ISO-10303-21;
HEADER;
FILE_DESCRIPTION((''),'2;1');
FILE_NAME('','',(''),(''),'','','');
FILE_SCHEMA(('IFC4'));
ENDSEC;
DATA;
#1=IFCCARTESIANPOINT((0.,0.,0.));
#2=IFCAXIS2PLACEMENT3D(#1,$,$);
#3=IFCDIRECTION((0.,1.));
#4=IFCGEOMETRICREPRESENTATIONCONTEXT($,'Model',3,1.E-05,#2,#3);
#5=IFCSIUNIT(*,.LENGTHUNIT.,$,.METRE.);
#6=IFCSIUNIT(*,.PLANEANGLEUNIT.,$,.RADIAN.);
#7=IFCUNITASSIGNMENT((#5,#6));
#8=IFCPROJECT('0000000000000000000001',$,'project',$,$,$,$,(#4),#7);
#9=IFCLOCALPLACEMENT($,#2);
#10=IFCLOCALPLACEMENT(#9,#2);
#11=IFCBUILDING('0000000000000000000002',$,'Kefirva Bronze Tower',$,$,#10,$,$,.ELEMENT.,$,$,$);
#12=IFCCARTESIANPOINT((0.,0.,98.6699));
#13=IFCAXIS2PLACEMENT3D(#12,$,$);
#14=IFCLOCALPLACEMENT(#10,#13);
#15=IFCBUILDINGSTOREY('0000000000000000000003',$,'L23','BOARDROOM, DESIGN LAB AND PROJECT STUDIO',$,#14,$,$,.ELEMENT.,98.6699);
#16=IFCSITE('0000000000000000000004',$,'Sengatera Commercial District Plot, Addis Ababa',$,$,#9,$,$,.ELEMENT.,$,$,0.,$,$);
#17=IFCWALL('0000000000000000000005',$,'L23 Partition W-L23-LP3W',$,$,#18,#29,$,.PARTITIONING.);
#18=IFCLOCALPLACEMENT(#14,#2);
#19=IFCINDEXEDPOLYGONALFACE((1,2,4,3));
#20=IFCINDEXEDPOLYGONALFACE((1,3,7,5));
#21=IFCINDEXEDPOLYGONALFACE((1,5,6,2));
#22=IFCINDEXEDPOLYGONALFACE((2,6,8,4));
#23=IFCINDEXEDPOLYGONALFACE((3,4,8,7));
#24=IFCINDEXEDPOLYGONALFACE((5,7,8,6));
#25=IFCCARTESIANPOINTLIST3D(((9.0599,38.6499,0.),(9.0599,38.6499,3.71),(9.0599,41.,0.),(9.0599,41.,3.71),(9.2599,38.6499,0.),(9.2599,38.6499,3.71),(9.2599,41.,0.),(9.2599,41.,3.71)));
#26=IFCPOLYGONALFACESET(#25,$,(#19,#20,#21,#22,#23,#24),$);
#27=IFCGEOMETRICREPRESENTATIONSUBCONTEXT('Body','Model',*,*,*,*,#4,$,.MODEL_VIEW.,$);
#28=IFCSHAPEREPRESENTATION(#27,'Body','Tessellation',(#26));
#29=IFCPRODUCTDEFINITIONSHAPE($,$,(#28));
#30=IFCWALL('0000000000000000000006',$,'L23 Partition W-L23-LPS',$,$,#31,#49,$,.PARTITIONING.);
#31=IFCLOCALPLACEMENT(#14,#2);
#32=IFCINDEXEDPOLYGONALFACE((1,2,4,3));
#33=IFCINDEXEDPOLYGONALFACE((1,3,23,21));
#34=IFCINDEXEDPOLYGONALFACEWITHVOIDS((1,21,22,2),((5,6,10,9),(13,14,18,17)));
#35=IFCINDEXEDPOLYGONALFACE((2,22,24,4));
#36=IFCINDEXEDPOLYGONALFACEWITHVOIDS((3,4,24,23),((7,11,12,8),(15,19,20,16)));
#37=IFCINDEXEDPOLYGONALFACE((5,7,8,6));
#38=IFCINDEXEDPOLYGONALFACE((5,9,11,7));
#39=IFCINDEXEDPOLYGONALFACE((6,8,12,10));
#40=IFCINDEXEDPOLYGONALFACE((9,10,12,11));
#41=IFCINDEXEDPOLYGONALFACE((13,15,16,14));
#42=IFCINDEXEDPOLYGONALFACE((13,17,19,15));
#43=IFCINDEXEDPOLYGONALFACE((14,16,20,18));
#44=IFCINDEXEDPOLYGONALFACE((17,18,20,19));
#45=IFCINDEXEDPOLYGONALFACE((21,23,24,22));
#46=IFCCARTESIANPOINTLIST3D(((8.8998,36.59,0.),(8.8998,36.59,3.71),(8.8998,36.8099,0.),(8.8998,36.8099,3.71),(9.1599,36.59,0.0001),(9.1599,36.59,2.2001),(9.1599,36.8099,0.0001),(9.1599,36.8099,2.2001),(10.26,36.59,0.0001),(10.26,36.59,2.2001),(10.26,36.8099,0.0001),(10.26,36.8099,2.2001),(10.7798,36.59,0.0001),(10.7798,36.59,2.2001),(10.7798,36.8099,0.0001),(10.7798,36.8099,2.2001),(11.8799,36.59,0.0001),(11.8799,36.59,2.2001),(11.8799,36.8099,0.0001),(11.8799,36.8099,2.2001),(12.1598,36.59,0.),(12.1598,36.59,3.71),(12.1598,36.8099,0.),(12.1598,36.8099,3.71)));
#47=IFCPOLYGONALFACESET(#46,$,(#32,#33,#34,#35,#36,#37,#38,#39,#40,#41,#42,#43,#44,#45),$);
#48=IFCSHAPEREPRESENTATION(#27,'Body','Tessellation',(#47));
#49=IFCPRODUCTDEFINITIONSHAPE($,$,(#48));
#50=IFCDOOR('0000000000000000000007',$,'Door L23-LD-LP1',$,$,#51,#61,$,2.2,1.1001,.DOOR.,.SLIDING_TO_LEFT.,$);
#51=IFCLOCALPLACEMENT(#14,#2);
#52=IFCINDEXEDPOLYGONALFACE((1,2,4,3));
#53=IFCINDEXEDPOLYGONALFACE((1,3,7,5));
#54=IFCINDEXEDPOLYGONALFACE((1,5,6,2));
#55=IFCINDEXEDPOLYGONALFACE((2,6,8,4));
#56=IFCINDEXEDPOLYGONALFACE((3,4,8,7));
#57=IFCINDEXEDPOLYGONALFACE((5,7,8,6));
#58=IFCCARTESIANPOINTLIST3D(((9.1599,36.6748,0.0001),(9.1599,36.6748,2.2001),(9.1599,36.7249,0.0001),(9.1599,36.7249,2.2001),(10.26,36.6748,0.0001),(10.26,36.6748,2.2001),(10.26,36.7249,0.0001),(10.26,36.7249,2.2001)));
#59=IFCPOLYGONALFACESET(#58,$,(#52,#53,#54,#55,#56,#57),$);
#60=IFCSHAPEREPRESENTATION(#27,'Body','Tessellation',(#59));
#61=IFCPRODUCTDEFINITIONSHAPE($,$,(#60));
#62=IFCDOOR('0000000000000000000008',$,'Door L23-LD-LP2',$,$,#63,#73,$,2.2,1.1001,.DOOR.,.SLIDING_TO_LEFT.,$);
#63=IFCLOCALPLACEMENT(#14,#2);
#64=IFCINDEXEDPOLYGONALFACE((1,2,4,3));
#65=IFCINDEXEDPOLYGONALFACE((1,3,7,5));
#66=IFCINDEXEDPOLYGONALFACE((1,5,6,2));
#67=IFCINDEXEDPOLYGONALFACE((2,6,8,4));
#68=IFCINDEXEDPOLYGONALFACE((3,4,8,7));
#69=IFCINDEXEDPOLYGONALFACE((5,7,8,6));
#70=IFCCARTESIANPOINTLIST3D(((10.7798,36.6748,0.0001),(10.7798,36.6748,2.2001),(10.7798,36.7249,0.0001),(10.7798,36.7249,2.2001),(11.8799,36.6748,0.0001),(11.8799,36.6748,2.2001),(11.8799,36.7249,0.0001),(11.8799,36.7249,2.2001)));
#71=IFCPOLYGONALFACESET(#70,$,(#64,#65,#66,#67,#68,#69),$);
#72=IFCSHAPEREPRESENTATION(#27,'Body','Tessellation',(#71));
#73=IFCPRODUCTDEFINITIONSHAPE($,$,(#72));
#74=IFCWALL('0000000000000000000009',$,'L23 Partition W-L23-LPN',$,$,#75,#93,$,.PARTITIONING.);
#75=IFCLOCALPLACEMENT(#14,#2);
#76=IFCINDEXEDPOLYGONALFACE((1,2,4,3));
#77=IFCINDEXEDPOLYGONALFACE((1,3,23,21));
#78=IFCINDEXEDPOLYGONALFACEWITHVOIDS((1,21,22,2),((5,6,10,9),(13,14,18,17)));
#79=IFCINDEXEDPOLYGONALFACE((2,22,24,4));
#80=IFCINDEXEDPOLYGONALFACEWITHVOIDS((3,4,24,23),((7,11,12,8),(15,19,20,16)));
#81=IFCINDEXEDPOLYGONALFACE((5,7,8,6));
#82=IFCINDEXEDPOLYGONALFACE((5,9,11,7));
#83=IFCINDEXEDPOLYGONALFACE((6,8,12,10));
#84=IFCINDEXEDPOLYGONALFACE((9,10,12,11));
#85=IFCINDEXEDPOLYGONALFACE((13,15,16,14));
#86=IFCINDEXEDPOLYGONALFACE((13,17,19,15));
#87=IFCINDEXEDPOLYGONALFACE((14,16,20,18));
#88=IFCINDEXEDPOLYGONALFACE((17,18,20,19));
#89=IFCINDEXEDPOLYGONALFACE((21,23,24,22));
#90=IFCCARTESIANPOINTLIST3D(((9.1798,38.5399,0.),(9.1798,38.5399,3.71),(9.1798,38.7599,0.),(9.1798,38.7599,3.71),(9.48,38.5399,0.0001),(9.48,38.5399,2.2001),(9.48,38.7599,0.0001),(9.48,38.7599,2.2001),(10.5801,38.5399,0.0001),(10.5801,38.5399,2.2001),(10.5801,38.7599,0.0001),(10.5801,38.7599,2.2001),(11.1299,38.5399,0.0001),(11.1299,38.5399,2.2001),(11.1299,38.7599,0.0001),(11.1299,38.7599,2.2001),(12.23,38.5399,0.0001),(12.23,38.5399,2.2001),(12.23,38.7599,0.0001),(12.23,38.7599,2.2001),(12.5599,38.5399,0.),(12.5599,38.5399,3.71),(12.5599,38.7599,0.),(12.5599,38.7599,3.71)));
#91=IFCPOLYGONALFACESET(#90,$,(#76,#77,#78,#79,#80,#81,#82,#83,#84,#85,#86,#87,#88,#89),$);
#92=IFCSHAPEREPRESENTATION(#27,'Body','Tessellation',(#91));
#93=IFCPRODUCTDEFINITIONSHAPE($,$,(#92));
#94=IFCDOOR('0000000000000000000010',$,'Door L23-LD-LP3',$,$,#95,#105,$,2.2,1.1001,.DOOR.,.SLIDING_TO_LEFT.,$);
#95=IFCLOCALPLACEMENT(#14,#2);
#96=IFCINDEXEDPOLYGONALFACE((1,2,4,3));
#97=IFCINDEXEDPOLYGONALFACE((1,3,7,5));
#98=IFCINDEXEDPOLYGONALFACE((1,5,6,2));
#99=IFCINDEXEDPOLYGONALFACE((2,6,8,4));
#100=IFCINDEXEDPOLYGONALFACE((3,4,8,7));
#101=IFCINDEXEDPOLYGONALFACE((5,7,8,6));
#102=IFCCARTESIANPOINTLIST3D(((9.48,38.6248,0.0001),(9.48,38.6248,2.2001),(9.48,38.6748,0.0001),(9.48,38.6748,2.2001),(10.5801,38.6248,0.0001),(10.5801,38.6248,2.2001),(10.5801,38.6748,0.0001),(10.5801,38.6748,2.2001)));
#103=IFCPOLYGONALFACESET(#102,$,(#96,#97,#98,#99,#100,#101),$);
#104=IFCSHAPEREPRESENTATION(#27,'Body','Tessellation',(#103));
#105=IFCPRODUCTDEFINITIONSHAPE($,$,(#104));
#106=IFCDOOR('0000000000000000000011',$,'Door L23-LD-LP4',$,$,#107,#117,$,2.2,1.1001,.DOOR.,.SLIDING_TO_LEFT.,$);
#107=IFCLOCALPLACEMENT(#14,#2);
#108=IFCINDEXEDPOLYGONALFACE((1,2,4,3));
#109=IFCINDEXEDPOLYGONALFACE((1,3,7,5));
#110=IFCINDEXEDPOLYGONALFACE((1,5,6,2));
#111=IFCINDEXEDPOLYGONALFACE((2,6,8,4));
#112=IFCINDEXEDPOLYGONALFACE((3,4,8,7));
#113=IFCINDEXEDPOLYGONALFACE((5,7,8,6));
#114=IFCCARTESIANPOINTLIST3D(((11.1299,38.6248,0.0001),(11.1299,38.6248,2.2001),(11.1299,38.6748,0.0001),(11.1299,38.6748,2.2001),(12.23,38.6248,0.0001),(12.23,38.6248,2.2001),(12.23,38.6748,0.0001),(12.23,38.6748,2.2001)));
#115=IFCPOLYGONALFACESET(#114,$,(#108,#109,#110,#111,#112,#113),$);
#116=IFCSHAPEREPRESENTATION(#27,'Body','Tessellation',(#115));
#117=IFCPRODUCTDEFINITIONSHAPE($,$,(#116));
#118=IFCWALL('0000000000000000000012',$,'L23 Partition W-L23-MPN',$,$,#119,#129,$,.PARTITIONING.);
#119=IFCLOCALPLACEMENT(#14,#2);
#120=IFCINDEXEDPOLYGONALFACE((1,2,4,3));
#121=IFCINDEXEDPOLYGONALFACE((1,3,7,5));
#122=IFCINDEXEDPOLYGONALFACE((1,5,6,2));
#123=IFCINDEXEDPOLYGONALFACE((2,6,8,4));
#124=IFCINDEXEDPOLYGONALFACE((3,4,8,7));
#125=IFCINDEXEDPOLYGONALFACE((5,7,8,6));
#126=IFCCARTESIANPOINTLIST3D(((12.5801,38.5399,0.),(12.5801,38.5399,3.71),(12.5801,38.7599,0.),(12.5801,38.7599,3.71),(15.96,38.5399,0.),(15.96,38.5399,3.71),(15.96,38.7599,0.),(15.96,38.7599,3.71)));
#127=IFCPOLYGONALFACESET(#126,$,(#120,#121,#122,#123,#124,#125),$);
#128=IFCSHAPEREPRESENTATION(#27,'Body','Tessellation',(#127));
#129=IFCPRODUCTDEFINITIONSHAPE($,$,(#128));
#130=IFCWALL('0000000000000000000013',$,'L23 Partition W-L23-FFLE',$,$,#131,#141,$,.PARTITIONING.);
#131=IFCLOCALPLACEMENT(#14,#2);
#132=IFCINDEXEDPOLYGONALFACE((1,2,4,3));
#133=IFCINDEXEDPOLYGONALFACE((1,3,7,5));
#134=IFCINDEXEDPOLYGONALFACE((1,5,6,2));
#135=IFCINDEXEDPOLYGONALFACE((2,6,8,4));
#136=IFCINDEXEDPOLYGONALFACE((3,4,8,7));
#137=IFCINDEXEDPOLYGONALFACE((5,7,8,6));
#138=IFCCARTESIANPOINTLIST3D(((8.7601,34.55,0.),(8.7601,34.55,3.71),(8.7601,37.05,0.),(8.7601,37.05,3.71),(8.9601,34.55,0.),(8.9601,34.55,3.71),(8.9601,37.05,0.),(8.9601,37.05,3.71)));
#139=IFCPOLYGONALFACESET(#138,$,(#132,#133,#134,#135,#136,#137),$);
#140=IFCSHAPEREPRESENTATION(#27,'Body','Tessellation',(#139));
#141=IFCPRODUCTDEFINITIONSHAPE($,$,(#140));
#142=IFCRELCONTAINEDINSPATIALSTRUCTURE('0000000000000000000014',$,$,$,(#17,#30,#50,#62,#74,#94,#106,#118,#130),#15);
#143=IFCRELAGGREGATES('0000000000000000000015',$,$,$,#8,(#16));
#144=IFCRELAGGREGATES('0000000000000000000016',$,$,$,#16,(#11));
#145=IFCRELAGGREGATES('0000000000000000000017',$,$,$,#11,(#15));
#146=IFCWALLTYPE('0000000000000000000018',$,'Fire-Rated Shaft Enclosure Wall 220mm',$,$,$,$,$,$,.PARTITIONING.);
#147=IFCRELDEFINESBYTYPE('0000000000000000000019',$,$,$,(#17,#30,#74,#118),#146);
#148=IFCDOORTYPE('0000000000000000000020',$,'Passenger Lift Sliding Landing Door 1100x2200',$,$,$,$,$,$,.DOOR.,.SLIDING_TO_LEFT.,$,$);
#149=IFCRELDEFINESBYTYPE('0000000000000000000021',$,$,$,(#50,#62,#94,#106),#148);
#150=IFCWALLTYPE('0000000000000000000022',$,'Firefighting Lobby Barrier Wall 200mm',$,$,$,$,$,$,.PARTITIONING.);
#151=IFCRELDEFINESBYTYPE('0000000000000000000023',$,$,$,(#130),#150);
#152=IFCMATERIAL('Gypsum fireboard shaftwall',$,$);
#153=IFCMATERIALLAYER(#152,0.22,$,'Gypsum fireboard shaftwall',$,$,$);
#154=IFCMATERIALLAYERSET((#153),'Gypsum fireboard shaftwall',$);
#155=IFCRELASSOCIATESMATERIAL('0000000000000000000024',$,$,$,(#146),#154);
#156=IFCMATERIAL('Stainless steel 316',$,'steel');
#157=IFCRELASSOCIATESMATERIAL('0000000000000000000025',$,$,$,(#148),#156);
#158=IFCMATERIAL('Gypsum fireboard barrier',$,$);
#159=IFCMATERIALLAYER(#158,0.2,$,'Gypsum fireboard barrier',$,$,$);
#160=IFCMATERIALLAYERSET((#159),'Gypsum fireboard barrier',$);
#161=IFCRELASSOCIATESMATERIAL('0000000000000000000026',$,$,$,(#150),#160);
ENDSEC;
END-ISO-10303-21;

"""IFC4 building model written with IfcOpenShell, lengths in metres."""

from ifc_helpers import new_model, si_unit, direction, frame, frame_2d, origin, place, context, subcontext, project, spatial, rectangle, extrude, material, layer, layer_set, type_object, element, fill, save


model = new_model("IFC4")

# Units and contexts
model_context = context("Model", 3, precision=1e-05, world=origin(), true_north=direction((0.0, 1.0)))
body_context = subcontext(model_context, "Body", "Model", "MODEL_VIEW")
ifc_project = project(units=[si_unit("LENGTHUNIT", "METRE"), si_unit("PLANEANGLEUNIT", "RADIAN")], contexts=[model_context])

# Site, building, storey
site_placement = place(None, origin())
site = spatial("IfcSite", under=ifc_project, at=site_placement, Name="Sengatera Commercial District Plot, Addis Ababa", CompositionType="ELEMENT", RefElevation=0.0)
building_placement = place(site_placement, origin())
building = spatial("IfcBuilding", under=site, at=building_placement, Name="Kefirva Bronze Tower", CompositionType="ELEMENT")
storey_placement = place(building_placement, frame((0.0, 0.0, 98.6699)))
storey = spatial("IfcBuildingStorey", under=building, at=storey_placement, Name="L23", Description="BOARDROOM, DESIGN LAB AND PROJECT STUDIO", CompositionType="ELEMENT", Elevation=98.6699)

# Shared definitions
ifc_material_1 = material(Name="Gypsum fireboard shaftwall")
ifc_layer_1 = layer(ifc_material_1, 0.22, Name="Gypsum fireboard shaftwall")
ifc_layer_set_1 = layer_set([ifc_layer_1], Name="Gypsum fireboard shaftwall")
wall_type_1 = type_object("IfcWallType", Name="Fire-Rated Shaft Enclosure Wall 220mm", PredefinedType="PARTITIONING", material=ifc_layer_set_1)
ifc_material_2 = material(Name="Stainless steel 316", Category="steel")

# Wall
wall_1_placement = place(storey_placement, frame((9.1599, 38.6499, 0.0), z_axis=(0.0, 0.0, 1.0), x_axis=(0.0, 1.0, 0.0)))
element("IfcWall", 1, at=wall_1_placement, inside=storey, type_object=wall_type_1, Name="L23 Partition W-L23-LP3W", PredefinedType="PARTITIONING", context=body_context, shape_type="SweptSolid", body=[
    extrude(rectangle(XDim=2.3501, YDim=0.2, at=frame_2d((1.175, 0.0))), origin(), (0.0, 0.0, 1.0), 3.71),
])

# Walls, openings, doors
wall_2_placement = place(storey_placement, frame((8.8999, 36.7, 0.0), z_axis=(0.0, 0.0, 1.0), x_axis=(1.0, 0.0, 0.0)))
wall_2 = element("IfcWall", 2, at=wall_2_placement, inside=storey, type_object=wall_type_1, Name="L23 Partition W-L23-LPS", PredefinedType="PARTITIONING", context=body_context, shape_type="SweptSolid", body=[
    extrude(rectangle(XDim=3.26, YDim=0.22, at=frame_2d((1.6299, 0.0))), origin(), (0.0, 0.0, 1.0), 3.71),
])
opening_1_placement = place(wall_2_placement, frame((0.26, 0.0, 0.0)))
opening_1 = element("IfcOpeningElement", 3, at=opening_1_placement, cuts=wall_2, PredefinedType="OPENING", context=body_context, shape_type="SweptSolid", body=[
    extrude(rectangle(XDim=1.1001, YDim=2.2, at=frame_2d((0.55, 1.1001))), frame((0.0, 0.1201, 0.0), z_axis=(0.0, -1.0, 0.0), x_axis=(1.0, 0.0, 0.0)), (0.0, 0.0, 1.0), 0.24),
])
opening_2_placement = place(wall_2_placement, frame((1.8799, 0.0, 0.0)))
opening_2 = element("IfcOpeningElement", 4, at=opening_2_placement, cuts=wall_2, PredefinedType="OPENING", context=body_context, shape_type="SweptSolid", body=[
    extrude(rectangle(XDim=1.1001, YDim=2.2, at=frame_2d((0.55, 1.1001))), frame((0.0, 0.1201, 0.0), z_axis=(0.0, -1.0, 0.0), x_axis=(1.0, 0.0, 0.0)), (0.0, 0.0, 1.0), 0.24),
])
door_type_1 = type_object("IfcDoorType", Name="Passenger Lift Sliding Landing Door 1100x2200", OperationType="SLIDING_TO_LEFT", PredefinedType="DOOR", material=ifc_material_2)
door_1_placement = place(opening_1_placement, origin())
door_1 = element("IfcDoor", 5, at=door_1_placement, inside=storey, type_object=door_type_1, Name="Door L23-LD-LP1", OperationType="SLIDING_TO_LEFT", OverallHeight=2.2, OverallWidth=1.1001, PredefinedType="DOOR", context=body_context, shape_type="SweptSolid", body=[
    extrude(rectangle(XDim=1.1001, YDim=2.2, at=frame_2d((0.55, 1.1001))), frame((0.0, 0.0249, 0.0), z_axis=(0.0, -1.0, 0.0), x_axis=(1.0, 0.0, 0.0)), (0.0, 0.0, 1.0), 0.05),
])
fill(opening_1, door_1)
door_2_placement = place(opening_2_placement, origin())
door_2 = element("IfcDoor", 6, at=door_2_placement, inside=storey, type_object=door_type_1, Name="Door L23-LD-LP2", OperationType="SLIDING_TO_LEFT", OverallHeight=2.2, OverallWidth=1.1001, PredefinedType="DOOR", context=body_context, shape_type="SweptSolid", body=[
    extrude(rectangle(XDim=1.1001, YDim=2.2, at=frame_2d((0.55, 1.1001))), frame((0.0, 0.0249, 0.0), z_axis=(0.0, -1.0, 0.0), x_axis=(1.0, 0.0, 0.0)), (0.0, 0.0, 1.0), 0.05),
])
fill(opening_2, door_2)
wall_3_placement = place(storey_placement, frame((9.1799, 38.6499, 0.0), z_axis=(0.0, 0.0, 1.0), x_axis=(1.0, 0.0, 0.0)))
wall_3 = element("IfcWall", 7, at=wall_3_placement, inside=storey, type_object=wall_type_1, Name="L23 Partition W-L23-LPN", PredefinedType="PARTITIONING", context=body_context, shape_type="SweptSolid", body=[
    extrude(rectangle(XDim=3.3801, YDim=0.22, at=frame_2d((1.6899, 0.0))), origin(), (0.0, 0.0, 1.0), 3.71),
])
opening_3_placement = place(wall_3_placement, frame((0.3, 0.0, 0.0)))
opening_3 = element("IfcOpeningElement", 8, at=opening_3_placement, cuts=wall_3, PredefinedType="OPENING", context=body_context, shape_type="SweptSolid", body=[
    extrude(rectangle(XDim=1.1001, YDim=2.2, at=frame_2d((0.55, 1.1001))), frame((0.0, 0.1201, 0.0), z_axis=(0.0, -1.0, 0.0), x_axis=(1.0, 0.0, 0.0)), (0.0, 0.0, 1.0), 0.24),
])
opening_4_placement = place(wall_3_placement, frame((1.95, 0.0, 0.0)))
opening_4 = element("IfcOpeningElement", 9, at=opening_4_placement, cuts=wall_3, PredefinedType="OPENING", context=body_context, shape_type="SweptSolid", body=[
    extrude(rectangle(XDim=1.1001, YDim=2.2, at=frame_2d((0.55, 1.1001))), frame((0.0, 0.1201, 0.0), z_axis=(0.0, -1.0, 0.0), x_axis=(1.0, 0.0, 0.0)), (0.0, 0.0, 1.0), 0.24),
])
door_3_placement = place(opening_3_placement, origin())
door_3 = element("IfcDoor", 10, at=door_3_placement, inside=storey, type_object=door_type_1, Name="Door L23-LD-LP3", OperationType="SLIDING_TO_LEFT", OverallHeight=2.2, OverallWidth=1.1001, PredefinedType="DOOR", context=body_context, shape_type="SweptSolid", body=[
    extrude(rectangle(XDim=1.1001, YDim=2.2, at=frame_2d((0.55, 1.1001))), frame((0.0, 0.0249, 0.0), z_axis=(0.0, -1.0, 0.0), x_axis=(1.0, 0.0, 0.0)), (0.0, 0.0, 1.0), 0.05),
])
fill(opening_3, door_3)
door_4_placement = place(opening_4_placement, origin())
door_4 = element("IfcDoor", 11, at=door_4_placement, inside=storey, type_object=door_type_1, Name="Door L23-LD-LP4", OperationType="SLIDING_TO_LEFT", OverallHeight=2.2, OverallWidth=1.1001, PredefinedType="DOOR", context=body_context, shape_type="SweptSolid", body=[
    extrude(rectangle(XDim=1.1001, YDim=2.2, at=frame_2d((0.55, 1.1001))), frame((0.0, 0.0249, 0.0), z_axis=(0.0, -1.0, 0.0), x_axis=(1.0, 0.0, 0.0)), (0.0, 0.0, 1.0), 0.05),
])
fill(opening_4, door_4)

# Walls
wall_4_placement = place(storey_placement, frame((12.5801, 38.6499, 0.0), z_axis=(0.0, 0.0, 1.0), x_axis=(1.0, 0.0, 0.0)))
element("IfcWall", 12, at=wall_4_placement, inside=storey, type_object=wall_type_1, Name="L23 Partition W-L23-MPN", PredefinedType="PARTITIONING", context=body_context, shape_type="SweptSolid", body=[
    extrude(rectangle(XDim=3.3799, YDim=0.22, at=frame_2d((1.6899, 0.0))), origin(), (0.0, 0.0, 1.0), 3.71),
])
ifc_material_3 = material(Name="Gypsum fireboard barrier")
ifc_layer_2 = layer(ifc_material_3, 0.2, Name="Gypsum fireboard barrier")
ifc_layer_set_2 = layer_set([ifc_layer_2], Name="Gypsum fireboard barrier")
wall_type_2 = type_object("IfcWallType", Name="Firefighting Lobby Barrier Wall 200mm", PredefinedType="PARTITIONING", material=ifc_layer_set_2)
wall_5_placement = place(storey_placement, frame((8.8601, 34.55, 0.0), z_axis=(0.0, 0.0, 1.0), x_axis=(0.0, 1.0, 0.0)))
element("IfcWall", 13, at=wall_5_placement, inside=storey, type_object=wall_type_2, Name="L23 Partition W-L23-FFLE", PredefinedType="PARTITIONING", context=body_context, shape_type="SweptSolid", body=[
    extrude(rectangle(XDim=2.5, YDim=0.2, at=frame_2d((1.25, 0.0))), origin(), (0.0, 0.0, 1.0), 3.71),
])

save(model, "model.ifc")
